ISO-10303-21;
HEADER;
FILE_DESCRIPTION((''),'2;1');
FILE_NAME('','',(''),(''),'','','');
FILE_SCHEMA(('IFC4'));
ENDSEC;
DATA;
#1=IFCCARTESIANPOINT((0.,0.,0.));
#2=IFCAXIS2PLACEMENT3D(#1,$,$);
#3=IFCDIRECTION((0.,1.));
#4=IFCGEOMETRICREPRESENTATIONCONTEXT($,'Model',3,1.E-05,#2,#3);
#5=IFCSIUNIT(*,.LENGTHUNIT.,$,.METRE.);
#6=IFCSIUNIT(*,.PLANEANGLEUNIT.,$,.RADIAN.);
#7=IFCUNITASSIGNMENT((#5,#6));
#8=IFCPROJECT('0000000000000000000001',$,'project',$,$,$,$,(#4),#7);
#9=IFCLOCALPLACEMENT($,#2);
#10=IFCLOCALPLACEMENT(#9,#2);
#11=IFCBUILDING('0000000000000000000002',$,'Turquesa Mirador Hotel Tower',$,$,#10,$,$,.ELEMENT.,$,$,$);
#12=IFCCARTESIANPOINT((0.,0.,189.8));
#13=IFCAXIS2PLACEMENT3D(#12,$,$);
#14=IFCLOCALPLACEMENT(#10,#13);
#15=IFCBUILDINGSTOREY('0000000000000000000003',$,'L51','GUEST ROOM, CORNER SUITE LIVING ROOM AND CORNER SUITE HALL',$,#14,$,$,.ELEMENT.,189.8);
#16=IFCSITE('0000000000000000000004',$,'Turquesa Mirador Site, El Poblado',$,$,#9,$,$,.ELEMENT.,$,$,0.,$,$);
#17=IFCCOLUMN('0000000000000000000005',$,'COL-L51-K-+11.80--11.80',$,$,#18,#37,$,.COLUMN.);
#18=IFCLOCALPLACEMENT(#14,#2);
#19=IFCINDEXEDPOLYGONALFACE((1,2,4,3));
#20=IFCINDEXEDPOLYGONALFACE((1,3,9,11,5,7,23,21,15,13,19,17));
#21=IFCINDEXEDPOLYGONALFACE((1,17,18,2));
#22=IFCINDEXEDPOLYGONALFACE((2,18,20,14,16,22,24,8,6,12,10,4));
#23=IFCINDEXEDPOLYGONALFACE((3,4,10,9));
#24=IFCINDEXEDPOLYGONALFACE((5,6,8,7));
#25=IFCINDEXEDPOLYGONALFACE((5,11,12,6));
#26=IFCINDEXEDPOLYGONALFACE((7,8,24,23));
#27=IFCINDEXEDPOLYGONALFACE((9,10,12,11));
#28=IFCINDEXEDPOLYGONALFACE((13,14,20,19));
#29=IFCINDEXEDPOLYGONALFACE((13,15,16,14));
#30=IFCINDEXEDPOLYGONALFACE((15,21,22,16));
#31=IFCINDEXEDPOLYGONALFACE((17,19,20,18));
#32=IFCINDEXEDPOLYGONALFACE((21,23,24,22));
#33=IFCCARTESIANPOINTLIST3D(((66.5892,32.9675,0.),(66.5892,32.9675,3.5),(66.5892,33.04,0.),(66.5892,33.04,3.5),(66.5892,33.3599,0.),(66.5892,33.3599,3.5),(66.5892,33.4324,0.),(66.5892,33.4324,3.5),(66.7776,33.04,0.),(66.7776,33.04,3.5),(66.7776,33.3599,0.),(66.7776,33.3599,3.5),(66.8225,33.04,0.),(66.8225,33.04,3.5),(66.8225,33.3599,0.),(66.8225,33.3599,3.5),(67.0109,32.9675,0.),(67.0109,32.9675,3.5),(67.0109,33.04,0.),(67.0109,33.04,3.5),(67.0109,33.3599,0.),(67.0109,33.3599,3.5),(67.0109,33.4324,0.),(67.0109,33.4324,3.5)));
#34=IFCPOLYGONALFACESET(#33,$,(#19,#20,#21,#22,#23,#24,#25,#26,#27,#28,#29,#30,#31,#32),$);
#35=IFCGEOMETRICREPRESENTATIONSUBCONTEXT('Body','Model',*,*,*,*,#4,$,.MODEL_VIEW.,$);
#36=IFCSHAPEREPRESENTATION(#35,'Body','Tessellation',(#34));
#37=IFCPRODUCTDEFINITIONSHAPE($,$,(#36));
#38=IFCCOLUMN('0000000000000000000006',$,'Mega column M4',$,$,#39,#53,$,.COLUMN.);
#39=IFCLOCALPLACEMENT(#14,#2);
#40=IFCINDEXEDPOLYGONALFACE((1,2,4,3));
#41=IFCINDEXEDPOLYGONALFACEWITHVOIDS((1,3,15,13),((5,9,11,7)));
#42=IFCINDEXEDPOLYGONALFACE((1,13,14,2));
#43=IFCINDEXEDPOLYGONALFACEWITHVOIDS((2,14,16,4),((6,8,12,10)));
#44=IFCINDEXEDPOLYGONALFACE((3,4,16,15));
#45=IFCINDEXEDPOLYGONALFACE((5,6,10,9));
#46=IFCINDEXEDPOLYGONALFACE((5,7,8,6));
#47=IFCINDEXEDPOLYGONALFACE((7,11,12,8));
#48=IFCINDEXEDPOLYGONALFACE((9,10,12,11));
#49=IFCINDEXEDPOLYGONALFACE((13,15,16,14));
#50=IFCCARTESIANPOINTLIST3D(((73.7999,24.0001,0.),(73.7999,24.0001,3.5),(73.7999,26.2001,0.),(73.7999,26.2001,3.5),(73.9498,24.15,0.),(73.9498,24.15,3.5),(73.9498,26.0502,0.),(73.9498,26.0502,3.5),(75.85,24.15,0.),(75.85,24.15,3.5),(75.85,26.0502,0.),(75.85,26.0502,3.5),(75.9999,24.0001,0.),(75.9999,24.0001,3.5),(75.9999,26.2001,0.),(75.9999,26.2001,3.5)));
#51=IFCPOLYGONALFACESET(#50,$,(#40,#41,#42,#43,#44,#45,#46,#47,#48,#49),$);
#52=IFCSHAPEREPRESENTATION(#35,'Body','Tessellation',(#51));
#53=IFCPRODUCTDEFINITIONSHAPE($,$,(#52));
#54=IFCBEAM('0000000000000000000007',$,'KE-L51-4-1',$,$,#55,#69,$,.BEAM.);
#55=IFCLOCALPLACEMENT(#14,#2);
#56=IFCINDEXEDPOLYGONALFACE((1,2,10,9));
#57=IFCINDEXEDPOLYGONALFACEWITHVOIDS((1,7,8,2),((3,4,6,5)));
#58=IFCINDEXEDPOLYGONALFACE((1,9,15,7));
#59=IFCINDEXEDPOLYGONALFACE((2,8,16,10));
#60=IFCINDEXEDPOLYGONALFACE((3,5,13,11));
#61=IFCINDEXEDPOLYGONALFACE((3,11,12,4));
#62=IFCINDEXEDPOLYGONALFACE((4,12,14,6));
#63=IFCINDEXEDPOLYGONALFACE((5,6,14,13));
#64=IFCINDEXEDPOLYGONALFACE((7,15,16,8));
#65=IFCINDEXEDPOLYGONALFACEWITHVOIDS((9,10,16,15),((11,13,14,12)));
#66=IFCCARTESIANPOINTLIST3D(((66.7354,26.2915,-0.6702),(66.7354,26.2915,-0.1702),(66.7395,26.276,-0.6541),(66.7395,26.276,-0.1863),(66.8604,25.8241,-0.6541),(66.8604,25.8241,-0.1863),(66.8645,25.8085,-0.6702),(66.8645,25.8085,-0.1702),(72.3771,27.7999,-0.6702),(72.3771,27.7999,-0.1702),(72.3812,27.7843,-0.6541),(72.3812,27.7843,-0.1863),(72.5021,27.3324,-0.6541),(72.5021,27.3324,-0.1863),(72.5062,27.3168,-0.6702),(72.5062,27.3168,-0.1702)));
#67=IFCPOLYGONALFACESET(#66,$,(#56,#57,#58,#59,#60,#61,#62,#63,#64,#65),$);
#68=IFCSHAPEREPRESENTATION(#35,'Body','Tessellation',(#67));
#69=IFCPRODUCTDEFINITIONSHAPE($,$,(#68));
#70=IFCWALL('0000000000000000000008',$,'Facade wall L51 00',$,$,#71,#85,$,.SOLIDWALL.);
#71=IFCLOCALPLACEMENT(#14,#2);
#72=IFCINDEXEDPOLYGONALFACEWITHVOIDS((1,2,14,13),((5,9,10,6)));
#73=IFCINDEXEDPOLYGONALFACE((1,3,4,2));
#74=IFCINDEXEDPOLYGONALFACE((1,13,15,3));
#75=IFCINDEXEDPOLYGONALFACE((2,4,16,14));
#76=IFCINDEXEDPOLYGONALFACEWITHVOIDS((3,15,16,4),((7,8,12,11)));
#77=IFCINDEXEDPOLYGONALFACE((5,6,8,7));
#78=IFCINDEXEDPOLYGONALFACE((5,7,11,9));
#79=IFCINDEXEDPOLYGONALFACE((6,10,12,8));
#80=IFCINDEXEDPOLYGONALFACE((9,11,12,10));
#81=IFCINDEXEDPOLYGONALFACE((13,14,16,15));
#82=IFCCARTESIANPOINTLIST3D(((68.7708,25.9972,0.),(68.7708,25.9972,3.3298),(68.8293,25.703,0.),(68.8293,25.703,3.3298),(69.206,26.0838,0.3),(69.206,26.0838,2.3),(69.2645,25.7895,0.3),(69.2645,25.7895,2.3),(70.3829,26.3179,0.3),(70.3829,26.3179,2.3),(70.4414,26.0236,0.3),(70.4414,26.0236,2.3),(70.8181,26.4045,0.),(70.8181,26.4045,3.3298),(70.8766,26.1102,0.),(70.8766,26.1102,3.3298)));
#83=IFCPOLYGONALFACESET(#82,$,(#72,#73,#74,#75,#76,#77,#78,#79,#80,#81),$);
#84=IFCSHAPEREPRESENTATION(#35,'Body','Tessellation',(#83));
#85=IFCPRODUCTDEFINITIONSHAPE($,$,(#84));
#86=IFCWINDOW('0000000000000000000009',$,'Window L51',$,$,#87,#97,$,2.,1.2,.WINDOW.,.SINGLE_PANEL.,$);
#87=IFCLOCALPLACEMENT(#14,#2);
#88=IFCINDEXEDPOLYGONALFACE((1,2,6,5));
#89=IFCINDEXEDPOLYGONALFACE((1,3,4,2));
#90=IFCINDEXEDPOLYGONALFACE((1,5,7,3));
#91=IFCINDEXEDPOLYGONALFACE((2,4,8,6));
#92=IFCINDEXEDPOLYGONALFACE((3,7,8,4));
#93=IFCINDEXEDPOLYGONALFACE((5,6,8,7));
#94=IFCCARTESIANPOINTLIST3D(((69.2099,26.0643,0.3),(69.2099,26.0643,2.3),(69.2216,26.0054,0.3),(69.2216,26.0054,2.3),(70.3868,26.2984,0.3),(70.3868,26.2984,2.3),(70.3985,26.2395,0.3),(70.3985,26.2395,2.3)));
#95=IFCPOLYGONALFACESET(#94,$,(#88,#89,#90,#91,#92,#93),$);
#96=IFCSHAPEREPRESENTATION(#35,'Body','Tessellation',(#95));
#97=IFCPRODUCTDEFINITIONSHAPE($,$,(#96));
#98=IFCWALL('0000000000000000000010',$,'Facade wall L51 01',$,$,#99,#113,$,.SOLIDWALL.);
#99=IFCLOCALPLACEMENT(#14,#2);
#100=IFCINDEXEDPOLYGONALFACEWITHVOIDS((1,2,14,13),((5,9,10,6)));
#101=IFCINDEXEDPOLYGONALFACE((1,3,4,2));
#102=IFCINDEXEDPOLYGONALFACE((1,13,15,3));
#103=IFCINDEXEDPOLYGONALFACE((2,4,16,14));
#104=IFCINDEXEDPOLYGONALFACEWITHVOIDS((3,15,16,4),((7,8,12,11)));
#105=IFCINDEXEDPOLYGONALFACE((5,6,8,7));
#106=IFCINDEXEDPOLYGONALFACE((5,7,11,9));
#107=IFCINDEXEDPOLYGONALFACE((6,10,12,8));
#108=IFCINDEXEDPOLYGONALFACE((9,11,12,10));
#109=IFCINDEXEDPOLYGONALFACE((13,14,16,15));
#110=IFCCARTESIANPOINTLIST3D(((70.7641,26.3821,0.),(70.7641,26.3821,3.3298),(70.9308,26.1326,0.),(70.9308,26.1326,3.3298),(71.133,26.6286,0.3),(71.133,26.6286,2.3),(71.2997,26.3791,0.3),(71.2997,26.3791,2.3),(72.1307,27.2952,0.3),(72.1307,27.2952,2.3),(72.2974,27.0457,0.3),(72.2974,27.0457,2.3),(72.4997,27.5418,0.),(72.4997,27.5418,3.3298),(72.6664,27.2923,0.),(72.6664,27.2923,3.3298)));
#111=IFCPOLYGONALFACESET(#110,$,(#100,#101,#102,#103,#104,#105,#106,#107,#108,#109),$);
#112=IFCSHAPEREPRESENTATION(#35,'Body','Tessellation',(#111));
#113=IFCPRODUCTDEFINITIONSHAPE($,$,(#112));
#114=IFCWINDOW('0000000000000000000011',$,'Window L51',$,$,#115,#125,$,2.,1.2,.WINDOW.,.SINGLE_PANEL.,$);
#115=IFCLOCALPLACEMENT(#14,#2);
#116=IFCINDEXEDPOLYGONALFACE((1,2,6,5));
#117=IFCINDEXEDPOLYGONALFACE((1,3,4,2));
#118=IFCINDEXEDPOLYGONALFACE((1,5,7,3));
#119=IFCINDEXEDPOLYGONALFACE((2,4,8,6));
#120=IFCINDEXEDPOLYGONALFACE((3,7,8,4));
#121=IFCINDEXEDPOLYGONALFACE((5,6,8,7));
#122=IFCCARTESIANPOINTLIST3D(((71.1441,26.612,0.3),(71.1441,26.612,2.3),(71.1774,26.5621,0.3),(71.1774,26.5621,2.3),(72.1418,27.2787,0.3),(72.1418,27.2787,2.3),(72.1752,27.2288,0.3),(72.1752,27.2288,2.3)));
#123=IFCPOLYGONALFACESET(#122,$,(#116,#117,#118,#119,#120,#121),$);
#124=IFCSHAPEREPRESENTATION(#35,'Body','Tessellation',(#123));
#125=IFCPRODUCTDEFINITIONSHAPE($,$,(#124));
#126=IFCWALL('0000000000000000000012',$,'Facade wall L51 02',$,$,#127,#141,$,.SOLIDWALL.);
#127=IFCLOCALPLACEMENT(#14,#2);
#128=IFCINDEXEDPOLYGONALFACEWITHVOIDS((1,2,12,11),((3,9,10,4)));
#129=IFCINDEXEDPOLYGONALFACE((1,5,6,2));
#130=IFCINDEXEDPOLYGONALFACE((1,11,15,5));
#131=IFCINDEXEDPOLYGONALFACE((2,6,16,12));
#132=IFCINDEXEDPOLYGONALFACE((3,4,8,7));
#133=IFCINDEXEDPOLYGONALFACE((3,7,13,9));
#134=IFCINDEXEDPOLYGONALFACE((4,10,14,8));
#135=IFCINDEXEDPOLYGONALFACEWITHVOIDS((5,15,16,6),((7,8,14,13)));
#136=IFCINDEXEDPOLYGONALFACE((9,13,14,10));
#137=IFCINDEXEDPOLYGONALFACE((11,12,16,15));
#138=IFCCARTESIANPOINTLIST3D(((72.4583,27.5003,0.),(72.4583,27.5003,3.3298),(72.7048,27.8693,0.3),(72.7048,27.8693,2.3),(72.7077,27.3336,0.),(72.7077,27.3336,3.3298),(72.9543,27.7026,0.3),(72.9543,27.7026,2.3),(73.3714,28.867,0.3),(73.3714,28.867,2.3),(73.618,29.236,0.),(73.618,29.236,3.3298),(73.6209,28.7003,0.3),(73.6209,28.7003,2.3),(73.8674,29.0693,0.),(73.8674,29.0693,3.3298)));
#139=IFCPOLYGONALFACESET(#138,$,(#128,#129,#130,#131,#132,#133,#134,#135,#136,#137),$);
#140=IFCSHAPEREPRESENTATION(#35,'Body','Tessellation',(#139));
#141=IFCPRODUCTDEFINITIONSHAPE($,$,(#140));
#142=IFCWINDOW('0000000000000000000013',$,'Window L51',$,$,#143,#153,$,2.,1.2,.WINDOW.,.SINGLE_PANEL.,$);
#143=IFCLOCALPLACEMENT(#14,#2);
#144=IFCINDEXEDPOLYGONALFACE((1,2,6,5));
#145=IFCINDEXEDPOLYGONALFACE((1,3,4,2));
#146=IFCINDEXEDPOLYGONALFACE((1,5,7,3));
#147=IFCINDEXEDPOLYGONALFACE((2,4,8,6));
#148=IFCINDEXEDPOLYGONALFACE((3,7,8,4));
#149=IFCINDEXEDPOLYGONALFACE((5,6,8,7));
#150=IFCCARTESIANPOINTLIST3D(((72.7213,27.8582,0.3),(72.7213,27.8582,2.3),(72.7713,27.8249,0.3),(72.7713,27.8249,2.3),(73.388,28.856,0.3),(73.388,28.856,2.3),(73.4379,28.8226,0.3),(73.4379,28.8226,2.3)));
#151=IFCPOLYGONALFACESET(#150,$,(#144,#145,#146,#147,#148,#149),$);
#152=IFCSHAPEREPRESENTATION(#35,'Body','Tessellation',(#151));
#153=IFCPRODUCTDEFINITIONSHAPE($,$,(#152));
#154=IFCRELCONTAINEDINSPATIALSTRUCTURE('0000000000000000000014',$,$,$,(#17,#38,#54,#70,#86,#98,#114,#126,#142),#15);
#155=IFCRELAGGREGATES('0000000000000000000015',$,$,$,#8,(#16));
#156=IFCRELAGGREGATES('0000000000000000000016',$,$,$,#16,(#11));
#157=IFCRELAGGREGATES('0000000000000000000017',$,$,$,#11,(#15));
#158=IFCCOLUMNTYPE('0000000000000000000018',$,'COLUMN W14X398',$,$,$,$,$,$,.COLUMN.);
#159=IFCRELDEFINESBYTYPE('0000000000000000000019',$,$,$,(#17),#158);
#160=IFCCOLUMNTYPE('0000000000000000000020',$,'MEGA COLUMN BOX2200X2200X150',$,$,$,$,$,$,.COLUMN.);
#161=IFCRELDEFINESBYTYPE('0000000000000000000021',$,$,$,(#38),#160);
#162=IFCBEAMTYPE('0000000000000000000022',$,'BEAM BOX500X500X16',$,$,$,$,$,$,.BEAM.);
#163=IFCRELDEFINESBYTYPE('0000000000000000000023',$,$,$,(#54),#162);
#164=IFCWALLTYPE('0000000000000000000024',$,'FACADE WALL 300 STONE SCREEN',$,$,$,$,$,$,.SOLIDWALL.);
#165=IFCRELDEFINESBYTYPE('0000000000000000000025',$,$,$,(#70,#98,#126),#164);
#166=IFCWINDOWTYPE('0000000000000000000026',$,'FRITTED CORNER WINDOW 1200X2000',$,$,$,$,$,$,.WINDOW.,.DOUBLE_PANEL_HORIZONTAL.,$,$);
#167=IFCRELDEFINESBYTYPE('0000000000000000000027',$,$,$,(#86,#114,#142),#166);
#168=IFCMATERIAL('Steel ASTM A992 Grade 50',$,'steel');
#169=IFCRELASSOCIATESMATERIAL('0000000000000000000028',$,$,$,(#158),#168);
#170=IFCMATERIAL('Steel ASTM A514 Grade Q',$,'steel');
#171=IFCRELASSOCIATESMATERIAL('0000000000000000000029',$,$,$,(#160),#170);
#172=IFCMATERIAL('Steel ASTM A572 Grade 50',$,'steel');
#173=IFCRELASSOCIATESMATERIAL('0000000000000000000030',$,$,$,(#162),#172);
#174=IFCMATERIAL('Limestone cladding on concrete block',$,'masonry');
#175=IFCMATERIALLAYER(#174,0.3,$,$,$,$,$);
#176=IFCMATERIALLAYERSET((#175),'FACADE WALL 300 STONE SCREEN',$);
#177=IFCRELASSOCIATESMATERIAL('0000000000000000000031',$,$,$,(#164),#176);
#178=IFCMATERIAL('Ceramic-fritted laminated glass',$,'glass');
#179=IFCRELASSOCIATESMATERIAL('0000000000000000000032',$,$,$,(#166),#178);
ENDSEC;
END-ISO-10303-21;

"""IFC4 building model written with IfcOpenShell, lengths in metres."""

from ifc_helpers import new_model, si_unit, direction, frame, frame_2d, origin, origin_2d, place, context, subcontext, project, spatial, rectangle, hollow_rectangle, i_section, extrude, material, layer, layer_set, material_profile, profile_set, type_object, element, fill, save


model = new_model("IFC4")

# Units and contexts
model_context = context("Model", 3, precision=1e-05, world=origin(), true_north=direction((0.0, 1.0)))
body_context = subcontext(model_context, "Body", "Model", "MODEL_VIEW")
ifc_project = project(units=[si_unit("LENGTHUNIT", "METRE"), si_unit("PLANEANGLEUNIT", "RADIAN")], contexts=[model_context])

# Site, building, storey
site_placement = place(None, origin())
site = spatial("IfcSite", under=ifc_project, at=site_placement, Name="Turquesa Mirador Site, El Poblado", CompositionType="ELEMENT", RefElevation=0.0)
building_placement = place(site_placement, origin())
building = spatial("IfcBuilding", under=site, at=building_placement, Name="Turquesa Mirador Hotel Tower", CompositionType="ELEMENT")
storey_placement = place(building_placement, frame((0.0, 0.0, 189.8)))
storey = spatial("IfcBuildingStorey", under=building, at=storey_placement, Name="L51", Description="GUEST ROOM, CORNER SUITE LIVING ROOM AND CORNER SUITE HALL", CompositionType="ELEMENT", Elevation=189.8)

# Columns
ifc_material_1 = material(Name="Steel ASTM A992 Grade 50", Category="steel")
ifc_material_profile_1 = material_profile(ifc_material_1, i_section(OverallWidth=0.4216, OverallDepth=0.4648, WebThickness=0.0449, FlangeThickness=0.0725, at=origin_2d()), Name="W14X398")
ifc_profile_set_1 = profile_set([ifc_material_profile_1], Name="Steel ASTM A992 Grade 50")
column_type_1 = type_object("IfcColumnType", Name="COLUMN W14X398", PredefinedType="COLUMN", material=ifc_profile_set_1)
column_1_placement = place(storey_placement, frame((66.8, 33.2, 0.0), z_axis=(0.0, 0.0, 1.0), x_axis=(1.0, 0.0, 0.0)))
element("IfcColumn", 1, at=column_1_placement, inside=storey, type_object=column_type_1, Name="COL-L51-K-+11.80--11.80", PredefinedType="COLUMN", context=body_context, shape_type="SweptSolid", body=[
    extrude(i_section(OverallWidth=0.4216, OverallDepth=0.4648, WebThickness=0.0449, FlangeThickness=0.0725, at=origin_2d()), origin(), (0.0, 0.0, 1.0), 3.5),
])
ifc_material_2 = material(Name="Steel ASTM A514 Grade Q", Category="steel")
ifc_material_profile_2 = material_profile(ifc_material_2, hollow_rectangle(XDim=2.2, YDim=2.2, WallThickness=0.1499, at=origin_2d()), Name="BOX2200X2200X150")
ifc_profile_set_2 = profile_set([ifc_material_profile_2], Name="Steel ASTM A514 Grade Q")
column_type_2 = type_object("IfcColumnType", Name="MEGA COLUMN BOX2200X2200X150", PredefinedType="COLUMN", material=ifc_profile_set_2)
column_2_placement = place(storey_placement, frame((74.8999, 25.1001, 0.0), z_axis=(0.0, 0.0, 1.0), x_axis=(1.0, 0.0, 0.0)))
element("IfcColumn", 2, at=column_2_placement, inside=storey, type_object=column_type_2, Name="Mega column M4", PredefinedType="COLUMN", context=body_context, shape_type="SweptSolid", body=[
    extrude(hollow_rectangle(XDim=2.2, YDim=2.2, WallThickness=0.1499, at=origin_2d()), origin(), (0.0, 0.0, 1.0), 3.5),
])

# Beam
ifc_material_3 = material(Name="Steel ASTM A572 Grade 50", Category="steel")
ifc_material_profile_3 = material_profile(ifc_material_3, hollow_rectangle(XDim=0.5, YDim=0.5, WallThickness=0.0161, at=origin_2d()), Name="BOX500X500X16")
ifc_profile_set_3 = profile_set([ifc_material_profile_3], Name="Steel ASTM A572 Grade 50")
beam_type = type_object("IfcBeamType", Name="BEAM BOX500X500X16", PredefinedType="BEAM", material=ifc_profile_set_3)
beam_placement = place(storey_placement, frame((72.4417, 27.5583, -0.4202), z_axis=(-0.96607, -0.258282, 0.0), x_axis=(0.258282, -0.96607, 0.0)))
element("IfcBeam", 3, at=beam_placement, inside=storey, type_object=beam_type, Name="KE-L51-4-1", PredefinedType="BEAM", context=body_context, shape_type="SweptSolid", body=[
    extrude(hollow_rectangle(XDim=0.5, YDim=0.5, WallThickness=0.0161, at=origin_2d()), origin(), (0.0, 0.0, 1.0), 5.8398),
])

# Walls, openings, windows
ifc_material_4 = material(Name="Limestone cladding on concrete block", Category="masonry")
ifc_layer = layer(ifc_material_4, 0.3)
ifc_layer_set = layer_set([ifc_layer], Name="FACADE WALL 300 STONE SCREEN")
wall_type = type_object("IfcWallType", Name="FACADE WALL 300 STONE SCREEN", PredefinedType="SOLIDWALL", material=ifc_layer_set)
wall_1_placement = place(storey_placement, frame((68.8, 25.8501, 0.0), z_axis=(0.0, 0.0, 1.0), x_axis=(0.980787, 0.195081, 0.0)))
wall_1 = element("IfcWall", 4, at=wall_1_placement, inside=storey, type_object=wall_type, Name="Facade wall L51 00", PredefinedType="SOLIDWALL", context=body_context, shape_type="SweptSolid", body=[
    extrude(rectangle(XDim=2.0874, YDim=0.3, at=frame_2d((1.0437, 0.0))), origin(), (0.0, 0.0, 1.0), 3.3298),
])
opening_1_placement = place(wall_1_placement, frame((0.4436, 0.0, 0.3)))
opening_1 = element("IfcOpeningElement", 5, at=opening_1_placement, cuts=wall_1, PredefinedType="OPENING", context=body_context, shape_type="SweptSolid", body=[
    extrude(rectangle(XDim=1.2, YDim=2.0, at=frame_2d((0.6001, 1.0))), frame((0.0, 0.1599, 0.0), z_axis=(0.0, -1.0, 0.0), x_axis=(1.0, 0.0, 0.0)), (0.0, 0.0, 1.0), 0.3201),
])
ifc_material_5 = material(Name="Ceramic-fritted laminated glass", Category="glass")
window_type_1 = type_object("IfcWindowType", Name="FRITTED CORNER WINDOW 1200X2000", PartitioningType="DOUBLE_PANEL_HORIZONTAL", PredefinedType="WINDOW", material=ifc_material_5)
window_1_placement = place(opening_1_placement, origin())
window_1 = element("IfcWindow", 6, at=window_1_placement, inside=storey, type_object=window_type_1, Name="Window L51", OverallHeight=2.0, OverallWidth=1.2, PartitioningType="SINGLE_PANEL", PredefinedType="WINDOW", context=body_context, shape_type="SweptSolid", body=[
    extrude(rectangle(XDim=1.2, YDim=2.0, at=frame_2d((0.6001, 1.0))), frame((0.0, 0.1301, 0.0), z_axis=(0.0, -1.0, 0.0), x_axis=(1.0, 0.0, 0.0)), (0.0, 0.0, 1.0), 0.0601),
])
fill(opening_1, window_1)
wall_2_placement = place(storey_placement, frame((70.8474, 26.2573, 0.0), z_axis=(0.0, 0.0, 1.0), x_axis=(0.831474, 0.555564, 0.0)))
wall_2 = element("IfcWall", 7, at=wall_2_placement, inside=storey, type_object=wall_type, Name="Facade wall L51 01", PredefinedType="SOLIDWALL", context=body_context, shape_type="SweptSolid", body=[
    extrude(rectangle(XDim=2.0874, YDim=0.3, at=frame_2d((1.0437, 0.0))), origin(), (0.0, 0.0, 1.0), 3.3298),
])
opening_2_placement = place(wall_2_placement, frame((0.4436, 0.0, 0.3)))
opening_2 = element("IfcOpeningElement", 8, at=opening_2_placement, cuts=wall_2, PredefinedType="OPENING", context=body_context, shape_type="SweptSolid", body=[
    extrude(rectangle(XDim=1.2, YDim=2.0, at=frame_2d((0.6001, 1.0))), frame((0.0, 0.1599, 0.0), z_axis=(0.0, -1.0, 0.0), x_axis=(1.0, 0.0, 0.0)), (0.0, 0.0, 1.0), 0.3201),
])
window_2_placement = place(opening_2_placement, origin())
window_2 = element("IfcWindow", 9, at=window_2_placement, inside=storey, type_object=window_type_1, Name="Window L51", OverallHeight=2.0, OverallWidth=1.2, PartitioningType="SINGLE_PANEL", PredefinedType="WINDOW", context=body_context, shape_type="SweptSolid", body=[
    extrude(rectangle(XDim=1.2, YDim=2.0, at=frame_2d((0.6001, 1.0))), frame((0.0, 0.1301, 0.0), z_axis=(0.0, -1.0, 0.0), x_axis=(1.0, 0.0, 0.0)), (0.0, 0.0, 1.0), 0.0601),
])
fill(opening_2, window_2)
wall_3_placement = place(storey_placement, frame((72.583, 27.417, 0.0), z_axis=(0.0, 0.0, 1.0), x_axis=(0.555564, 0.831474, 0.0)))
wall_3 = element("IfcWall", 10, at=wall_3_placement, inside=storey, type_object=wall_type, Name="Facade wall L51 02", PredefinedType="SOLIDWALL", context=body_context, shape_type="SweptSolid", body=[
    extrude(rectangle(XDim=2.0874, YDim=0.3, at=frame_2d((1.0437, 0.0))), origin(), (0.0, 0.0, 1.0), 3.3298),
])
opening_3_placement = place(wall_3_placement, frame((0.4436, 0.0, 0.3)))
opening_3 = element("IfcOpeningElement", 11, at=opening_3_placement, cuts=wall_3, PredefinedType="OPENING", context=body_context, shape_type="SweptSolid", body=[
    extrude(rectangle(XDim=1.2, YDim=2.0, at=frame_2d((0.6001, 1.0))), frame((0.0, 0.1599, 0.0), z_axis=(0.0, -1.0, 0.0), x_axis=(1.0, 0.0, 0.0)), (0.0, 0.0, 1.0), 0.3201),
])
window_3_placement = place(opening_3_placement, origin())
window_3 = element("IfcWindow", 12, at=window_3_placement, inside=storey, type_object=window_type_1, Name="Window L51", OverallHeight=2.0, OverallWidth=1.2, PartitioningType="SINGLE_PANEL", PredefinedType="WINDOW", context=body_context, shape_type="SweptSolid", body=[
    extrude(rectangle(XDim=1.2, YDim=2.0, at=frame_2d((0.6001, 1.0))), frame((0.0, 0.1301, 0.0), z_axis=(0.0, -1.0, 0.0), x_axis=(1.0, 0.0, 0.0)), (0.0, 0.0, 1.0), 0.0601),
])
fill(opening_3, window_3)

save(model, "model.ifc")
